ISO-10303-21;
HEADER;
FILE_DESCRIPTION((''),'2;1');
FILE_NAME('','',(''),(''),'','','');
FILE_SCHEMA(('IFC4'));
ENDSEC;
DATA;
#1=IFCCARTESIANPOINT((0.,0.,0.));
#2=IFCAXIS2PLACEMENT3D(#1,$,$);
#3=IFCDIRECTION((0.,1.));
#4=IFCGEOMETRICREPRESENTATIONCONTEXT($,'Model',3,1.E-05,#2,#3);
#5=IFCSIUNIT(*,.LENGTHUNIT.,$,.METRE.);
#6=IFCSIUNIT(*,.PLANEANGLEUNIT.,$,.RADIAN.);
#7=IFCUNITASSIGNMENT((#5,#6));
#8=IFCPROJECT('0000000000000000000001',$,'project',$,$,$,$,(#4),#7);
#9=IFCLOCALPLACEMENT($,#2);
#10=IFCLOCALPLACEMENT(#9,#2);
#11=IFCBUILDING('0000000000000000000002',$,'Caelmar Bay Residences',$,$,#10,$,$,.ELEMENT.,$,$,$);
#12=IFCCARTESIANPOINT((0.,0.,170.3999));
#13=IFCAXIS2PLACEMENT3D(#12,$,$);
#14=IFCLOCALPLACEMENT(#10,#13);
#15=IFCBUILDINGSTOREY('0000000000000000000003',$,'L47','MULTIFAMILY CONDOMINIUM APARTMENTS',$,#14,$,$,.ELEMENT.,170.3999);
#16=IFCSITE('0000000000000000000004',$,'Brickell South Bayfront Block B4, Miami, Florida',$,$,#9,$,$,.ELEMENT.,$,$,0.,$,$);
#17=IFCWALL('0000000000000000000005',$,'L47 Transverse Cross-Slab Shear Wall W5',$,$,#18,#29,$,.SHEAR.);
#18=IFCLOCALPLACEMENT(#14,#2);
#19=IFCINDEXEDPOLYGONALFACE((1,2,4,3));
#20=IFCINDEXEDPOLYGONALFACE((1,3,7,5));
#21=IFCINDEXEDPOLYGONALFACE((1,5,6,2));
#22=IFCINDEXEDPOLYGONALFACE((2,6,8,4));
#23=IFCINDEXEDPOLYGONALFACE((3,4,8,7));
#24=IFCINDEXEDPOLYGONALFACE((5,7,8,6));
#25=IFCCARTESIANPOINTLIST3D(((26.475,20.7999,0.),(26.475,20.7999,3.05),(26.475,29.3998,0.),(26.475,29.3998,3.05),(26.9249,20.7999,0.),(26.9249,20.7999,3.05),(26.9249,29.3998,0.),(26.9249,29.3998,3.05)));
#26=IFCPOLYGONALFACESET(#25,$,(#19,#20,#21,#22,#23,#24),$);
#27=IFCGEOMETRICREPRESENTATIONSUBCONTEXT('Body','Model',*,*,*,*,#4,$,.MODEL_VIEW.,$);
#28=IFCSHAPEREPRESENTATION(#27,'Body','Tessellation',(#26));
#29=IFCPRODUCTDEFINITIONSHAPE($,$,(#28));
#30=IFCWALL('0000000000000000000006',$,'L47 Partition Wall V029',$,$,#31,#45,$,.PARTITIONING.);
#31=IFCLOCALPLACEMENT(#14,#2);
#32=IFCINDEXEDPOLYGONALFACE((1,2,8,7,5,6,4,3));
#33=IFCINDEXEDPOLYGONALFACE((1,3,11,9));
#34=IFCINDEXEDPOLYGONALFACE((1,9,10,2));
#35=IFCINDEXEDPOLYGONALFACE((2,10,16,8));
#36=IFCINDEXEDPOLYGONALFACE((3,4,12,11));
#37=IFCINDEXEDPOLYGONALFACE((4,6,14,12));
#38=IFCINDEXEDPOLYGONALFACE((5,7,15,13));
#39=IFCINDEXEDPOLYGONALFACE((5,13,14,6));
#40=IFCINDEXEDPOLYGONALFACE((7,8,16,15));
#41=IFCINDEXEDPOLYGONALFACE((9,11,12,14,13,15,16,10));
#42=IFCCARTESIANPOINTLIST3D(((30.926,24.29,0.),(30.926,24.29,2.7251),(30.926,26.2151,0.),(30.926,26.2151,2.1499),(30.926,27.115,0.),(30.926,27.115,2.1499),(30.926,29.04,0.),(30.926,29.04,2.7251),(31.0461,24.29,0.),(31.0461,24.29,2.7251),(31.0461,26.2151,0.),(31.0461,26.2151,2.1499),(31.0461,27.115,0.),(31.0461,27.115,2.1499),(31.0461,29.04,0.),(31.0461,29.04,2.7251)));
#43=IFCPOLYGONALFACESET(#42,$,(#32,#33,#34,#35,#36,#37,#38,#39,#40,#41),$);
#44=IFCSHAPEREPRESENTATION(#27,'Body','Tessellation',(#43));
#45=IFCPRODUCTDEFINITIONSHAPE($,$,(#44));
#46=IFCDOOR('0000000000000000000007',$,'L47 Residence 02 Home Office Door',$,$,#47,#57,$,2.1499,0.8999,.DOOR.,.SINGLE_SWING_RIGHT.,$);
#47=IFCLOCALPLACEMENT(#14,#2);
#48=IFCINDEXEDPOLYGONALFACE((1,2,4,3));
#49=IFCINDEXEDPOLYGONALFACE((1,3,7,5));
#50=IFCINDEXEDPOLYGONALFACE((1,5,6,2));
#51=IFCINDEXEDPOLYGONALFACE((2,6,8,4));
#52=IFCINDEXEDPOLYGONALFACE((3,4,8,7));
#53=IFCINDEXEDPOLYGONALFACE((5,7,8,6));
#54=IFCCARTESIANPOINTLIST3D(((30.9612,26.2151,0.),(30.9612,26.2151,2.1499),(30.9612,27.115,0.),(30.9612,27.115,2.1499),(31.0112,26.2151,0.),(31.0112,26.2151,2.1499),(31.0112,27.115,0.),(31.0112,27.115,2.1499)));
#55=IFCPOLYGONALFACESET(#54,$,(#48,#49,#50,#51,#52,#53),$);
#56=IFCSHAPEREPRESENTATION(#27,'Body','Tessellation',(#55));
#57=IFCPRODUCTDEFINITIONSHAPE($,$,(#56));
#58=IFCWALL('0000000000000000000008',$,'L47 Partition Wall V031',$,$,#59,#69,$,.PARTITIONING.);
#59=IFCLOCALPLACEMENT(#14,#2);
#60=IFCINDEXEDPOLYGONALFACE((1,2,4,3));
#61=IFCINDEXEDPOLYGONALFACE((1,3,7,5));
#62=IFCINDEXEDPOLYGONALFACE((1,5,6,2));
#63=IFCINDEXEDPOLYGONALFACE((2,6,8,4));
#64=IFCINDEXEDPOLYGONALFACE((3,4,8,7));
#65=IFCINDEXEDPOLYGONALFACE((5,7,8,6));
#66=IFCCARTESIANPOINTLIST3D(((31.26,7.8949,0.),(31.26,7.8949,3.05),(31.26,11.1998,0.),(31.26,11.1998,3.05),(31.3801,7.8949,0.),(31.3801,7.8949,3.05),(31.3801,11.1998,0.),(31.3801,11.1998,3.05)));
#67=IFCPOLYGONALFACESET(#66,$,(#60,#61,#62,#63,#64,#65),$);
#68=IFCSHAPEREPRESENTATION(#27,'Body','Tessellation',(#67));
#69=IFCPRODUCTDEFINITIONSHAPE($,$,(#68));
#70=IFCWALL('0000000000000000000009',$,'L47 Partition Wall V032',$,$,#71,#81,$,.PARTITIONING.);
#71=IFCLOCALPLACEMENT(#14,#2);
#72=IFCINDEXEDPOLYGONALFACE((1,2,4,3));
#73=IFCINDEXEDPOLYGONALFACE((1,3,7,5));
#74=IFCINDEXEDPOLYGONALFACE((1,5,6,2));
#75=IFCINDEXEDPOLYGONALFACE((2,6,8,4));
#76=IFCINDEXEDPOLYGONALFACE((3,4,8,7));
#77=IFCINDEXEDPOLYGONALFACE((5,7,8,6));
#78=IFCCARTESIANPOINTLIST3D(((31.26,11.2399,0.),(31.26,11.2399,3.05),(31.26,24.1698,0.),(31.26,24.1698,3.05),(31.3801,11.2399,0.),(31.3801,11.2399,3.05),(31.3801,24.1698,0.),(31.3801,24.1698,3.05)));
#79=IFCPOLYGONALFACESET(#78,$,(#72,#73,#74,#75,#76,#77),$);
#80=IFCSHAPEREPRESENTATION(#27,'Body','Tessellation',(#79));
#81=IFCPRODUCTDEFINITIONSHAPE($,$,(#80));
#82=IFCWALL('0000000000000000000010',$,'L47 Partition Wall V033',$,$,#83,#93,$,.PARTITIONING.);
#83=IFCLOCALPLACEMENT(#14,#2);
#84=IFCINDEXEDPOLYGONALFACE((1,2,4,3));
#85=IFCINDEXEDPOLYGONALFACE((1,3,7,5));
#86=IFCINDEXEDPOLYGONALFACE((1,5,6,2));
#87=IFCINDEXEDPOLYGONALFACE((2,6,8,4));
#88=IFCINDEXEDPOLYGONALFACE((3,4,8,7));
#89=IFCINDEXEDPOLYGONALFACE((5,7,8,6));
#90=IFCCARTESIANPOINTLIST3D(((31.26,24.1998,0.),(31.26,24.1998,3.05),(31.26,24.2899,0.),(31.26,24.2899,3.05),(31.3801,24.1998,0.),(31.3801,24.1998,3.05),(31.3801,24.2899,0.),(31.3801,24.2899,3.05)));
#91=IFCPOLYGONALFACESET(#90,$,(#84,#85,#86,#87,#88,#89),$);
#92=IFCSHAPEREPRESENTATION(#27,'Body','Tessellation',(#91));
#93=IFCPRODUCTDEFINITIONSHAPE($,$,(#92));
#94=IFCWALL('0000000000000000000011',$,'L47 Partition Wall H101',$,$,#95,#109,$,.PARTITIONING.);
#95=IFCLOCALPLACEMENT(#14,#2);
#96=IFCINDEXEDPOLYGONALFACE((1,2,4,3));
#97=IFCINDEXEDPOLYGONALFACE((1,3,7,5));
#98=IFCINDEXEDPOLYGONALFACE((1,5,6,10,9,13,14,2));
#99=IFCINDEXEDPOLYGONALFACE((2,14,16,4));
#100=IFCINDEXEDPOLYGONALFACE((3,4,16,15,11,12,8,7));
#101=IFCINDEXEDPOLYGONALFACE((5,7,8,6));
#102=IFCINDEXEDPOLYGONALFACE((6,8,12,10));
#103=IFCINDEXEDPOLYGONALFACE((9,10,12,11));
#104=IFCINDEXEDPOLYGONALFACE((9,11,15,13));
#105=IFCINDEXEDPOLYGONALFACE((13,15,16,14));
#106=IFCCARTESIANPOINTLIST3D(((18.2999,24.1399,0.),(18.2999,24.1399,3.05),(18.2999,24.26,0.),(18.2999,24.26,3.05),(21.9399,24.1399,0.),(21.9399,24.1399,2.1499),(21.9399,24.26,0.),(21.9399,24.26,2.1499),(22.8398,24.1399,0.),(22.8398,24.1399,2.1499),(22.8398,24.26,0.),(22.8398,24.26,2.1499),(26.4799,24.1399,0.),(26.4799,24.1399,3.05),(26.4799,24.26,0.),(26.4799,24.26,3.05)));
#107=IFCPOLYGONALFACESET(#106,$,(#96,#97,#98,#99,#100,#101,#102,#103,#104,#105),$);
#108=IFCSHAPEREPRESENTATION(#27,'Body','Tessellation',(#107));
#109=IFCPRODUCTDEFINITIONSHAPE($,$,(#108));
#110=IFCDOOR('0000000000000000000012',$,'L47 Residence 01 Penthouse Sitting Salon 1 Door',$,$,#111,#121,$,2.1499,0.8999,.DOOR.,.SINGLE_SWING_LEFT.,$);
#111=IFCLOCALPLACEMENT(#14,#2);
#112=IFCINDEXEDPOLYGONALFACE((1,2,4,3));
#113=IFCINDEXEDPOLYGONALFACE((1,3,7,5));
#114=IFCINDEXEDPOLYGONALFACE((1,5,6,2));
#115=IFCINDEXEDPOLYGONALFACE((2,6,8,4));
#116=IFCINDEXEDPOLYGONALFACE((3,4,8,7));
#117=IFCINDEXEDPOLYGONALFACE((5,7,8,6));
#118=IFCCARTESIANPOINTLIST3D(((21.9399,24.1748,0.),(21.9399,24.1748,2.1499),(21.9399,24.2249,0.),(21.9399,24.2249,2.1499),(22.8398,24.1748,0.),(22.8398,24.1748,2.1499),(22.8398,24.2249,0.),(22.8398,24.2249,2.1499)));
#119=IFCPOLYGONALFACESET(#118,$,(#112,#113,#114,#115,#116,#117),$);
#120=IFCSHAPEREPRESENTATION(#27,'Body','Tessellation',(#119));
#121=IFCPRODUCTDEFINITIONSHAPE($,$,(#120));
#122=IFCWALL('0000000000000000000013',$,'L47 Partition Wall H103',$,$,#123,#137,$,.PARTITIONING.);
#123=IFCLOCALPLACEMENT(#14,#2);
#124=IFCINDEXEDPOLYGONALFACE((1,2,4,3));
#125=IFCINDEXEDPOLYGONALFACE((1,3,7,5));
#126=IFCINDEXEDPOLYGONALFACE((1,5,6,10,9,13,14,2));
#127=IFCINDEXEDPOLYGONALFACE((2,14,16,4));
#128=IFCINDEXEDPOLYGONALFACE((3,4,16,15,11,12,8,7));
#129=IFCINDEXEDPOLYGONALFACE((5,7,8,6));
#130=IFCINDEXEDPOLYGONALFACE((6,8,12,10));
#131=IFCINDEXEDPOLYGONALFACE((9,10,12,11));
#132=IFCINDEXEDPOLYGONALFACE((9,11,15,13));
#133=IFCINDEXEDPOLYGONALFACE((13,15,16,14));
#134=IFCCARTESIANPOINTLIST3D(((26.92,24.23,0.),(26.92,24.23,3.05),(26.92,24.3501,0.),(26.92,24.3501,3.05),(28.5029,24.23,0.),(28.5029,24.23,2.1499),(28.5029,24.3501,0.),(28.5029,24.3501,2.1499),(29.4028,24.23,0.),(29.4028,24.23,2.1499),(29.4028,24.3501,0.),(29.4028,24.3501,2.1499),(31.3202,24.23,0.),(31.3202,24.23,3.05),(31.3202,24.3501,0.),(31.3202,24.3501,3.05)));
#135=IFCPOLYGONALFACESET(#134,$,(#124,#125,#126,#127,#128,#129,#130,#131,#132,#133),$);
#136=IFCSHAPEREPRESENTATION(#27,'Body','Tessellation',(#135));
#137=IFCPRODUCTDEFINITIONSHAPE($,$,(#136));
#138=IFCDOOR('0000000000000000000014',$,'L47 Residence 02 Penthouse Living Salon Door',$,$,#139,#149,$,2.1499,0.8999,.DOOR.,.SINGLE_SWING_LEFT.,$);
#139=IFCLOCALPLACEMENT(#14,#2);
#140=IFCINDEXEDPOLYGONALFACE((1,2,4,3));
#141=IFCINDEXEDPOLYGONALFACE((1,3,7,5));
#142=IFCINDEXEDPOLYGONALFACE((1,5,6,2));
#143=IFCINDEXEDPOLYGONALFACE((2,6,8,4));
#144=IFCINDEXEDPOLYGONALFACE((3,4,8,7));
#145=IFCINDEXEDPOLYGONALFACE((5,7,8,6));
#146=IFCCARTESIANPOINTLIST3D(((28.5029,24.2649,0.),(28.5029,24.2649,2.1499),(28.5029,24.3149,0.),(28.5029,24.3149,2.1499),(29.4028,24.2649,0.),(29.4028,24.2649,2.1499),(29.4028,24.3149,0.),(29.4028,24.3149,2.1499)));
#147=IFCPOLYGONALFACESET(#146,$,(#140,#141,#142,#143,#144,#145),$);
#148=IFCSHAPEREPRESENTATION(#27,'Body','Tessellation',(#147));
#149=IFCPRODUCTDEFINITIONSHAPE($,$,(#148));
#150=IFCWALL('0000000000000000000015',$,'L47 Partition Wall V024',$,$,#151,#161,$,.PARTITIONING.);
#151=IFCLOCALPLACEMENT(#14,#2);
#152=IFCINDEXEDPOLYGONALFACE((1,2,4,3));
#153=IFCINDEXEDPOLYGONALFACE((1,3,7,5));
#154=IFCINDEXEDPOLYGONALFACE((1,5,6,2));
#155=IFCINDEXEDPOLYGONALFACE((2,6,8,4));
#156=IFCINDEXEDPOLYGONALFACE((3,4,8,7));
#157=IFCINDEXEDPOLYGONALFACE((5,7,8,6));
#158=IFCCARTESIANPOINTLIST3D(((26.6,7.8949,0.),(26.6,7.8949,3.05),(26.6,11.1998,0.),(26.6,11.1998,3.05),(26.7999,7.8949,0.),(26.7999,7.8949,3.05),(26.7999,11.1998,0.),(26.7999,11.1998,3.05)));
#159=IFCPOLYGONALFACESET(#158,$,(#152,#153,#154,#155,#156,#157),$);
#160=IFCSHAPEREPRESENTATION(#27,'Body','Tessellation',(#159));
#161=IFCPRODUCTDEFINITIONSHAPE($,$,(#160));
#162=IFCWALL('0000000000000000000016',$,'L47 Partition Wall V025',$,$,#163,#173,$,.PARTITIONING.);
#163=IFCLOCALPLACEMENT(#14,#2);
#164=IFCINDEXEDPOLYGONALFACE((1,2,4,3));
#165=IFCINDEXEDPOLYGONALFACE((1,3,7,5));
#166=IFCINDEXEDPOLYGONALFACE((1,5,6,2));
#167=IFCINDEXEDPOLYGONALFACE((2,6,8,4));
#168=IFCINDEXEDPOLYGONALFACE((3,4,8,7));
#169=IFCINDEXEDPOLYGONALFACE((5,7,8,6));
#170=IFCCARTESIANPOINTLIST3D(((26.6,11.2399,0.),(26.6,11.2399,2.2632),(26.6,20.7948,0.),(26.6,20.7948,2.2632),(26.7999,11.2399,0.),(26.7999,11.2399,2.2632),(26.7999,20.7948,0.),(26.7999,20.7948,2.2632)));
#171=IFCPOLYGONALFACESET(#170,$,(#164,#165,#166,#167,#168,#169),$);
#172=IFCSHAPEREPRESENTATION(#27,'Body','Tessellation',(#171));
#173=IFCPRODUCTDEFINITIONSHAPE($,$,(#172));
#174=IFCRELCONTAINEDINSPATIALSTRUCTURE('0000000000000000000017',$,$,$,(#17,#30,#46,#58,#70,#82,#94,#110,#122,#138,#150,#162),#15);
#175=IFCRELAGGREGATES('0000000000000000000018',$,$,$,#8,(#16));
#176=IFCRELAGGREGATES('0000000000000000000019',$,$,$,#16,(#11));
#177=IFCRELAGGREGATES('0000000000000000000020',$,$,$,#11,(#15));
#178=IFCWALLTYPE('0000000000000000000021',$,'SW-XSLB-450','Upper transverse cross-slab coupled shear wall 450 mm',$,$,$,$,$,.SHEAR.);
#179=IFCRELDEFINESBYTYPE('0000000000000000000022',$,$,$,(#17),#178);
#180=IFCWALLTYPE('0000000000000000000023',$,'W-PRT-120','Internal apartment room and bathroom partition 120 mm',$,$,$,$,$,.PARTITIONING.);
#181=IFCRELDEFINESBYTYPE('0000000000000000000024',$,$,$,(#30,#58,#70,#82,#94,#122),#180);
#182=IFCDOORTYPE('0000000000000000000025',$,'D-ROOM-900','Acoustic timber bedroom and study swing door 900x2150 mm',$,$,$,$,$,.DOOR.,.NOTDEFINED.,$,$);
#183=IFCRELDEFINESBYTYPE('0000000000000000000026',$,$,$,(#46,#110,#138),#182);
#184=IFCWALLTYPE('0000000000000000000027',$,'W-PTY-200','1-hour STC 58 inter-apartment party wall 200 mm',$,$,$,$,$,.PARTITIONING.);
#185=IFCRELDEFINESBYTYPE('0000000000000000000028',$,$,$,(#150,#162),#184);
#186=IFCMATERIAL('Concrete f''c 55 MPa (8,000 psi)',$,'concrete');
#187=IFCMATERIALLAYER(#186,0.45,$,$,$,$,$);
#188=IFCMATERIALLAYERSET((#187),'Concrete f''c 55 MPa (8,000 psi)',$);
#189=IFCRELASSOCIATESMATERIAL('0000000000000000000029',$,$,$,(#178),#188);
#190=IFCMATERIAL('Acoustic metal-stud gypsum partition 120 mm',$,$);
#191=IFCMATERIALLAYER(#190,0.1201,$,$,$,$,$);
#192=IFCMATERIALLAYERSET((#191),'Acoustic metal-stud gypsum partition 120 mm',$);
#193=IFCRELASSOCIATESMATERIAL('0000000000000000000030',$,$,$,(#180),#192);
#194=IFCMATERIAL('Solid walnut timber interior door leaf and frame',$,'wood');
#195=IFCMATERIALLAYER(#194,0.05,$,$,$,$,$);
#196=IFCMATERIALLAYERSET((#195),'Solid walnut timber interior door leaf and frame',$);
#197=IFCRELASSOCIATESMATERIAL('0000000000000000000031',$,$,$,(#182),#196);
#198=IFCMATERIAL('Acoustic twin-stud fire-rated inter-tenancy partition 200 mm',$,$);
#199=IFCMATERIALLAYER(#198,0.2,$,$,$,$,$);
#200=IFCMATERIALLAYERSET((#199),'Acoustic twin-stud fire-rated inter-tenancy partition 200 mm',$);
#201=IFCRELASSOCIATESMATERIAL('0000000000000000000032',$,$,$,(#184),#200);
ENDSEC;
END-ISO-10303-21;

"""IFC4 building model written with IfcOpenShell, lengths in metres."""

from ifc_helpers import new_model, si_unit, direction, frame, frame_2d, origin, place, context, subcontext, project, spatial, rectangle, extrude, material, layer, layer_set, type_object, element, fill, save


model = new_model("IFC4")

# Units and contexts
model_context = context("Model", 3, precision=1e-05, world=origin(), true_north=direction((0.0, 1.0)))
body_context = subcontext(model_context, "Body", "Model", "MODEL_VIEW")
ifc_project = project(units=[si_unit("LENGTHUNIT", "METRE"), si_unit("PLANEANGLEUNIT", "RADIAN")], contexts=[model_context])

# Site, building, storey
site_placement = place(None, origin())
site = spatial("IfcSite", under=ifc_project, at=site_placement, Name="Brickell South Bayfront Block B4, Miami, Florida", CompositionType="ELEMENT", RefElevation=0.0)
building_placement = place(site_placement, origin())
building = spatial("IfcBuilding", under=site, at=building_placement, Name="Caelmar Bay Residences", CompositionType="ELEMENT")
storey_placement = place(building_placement, frame((0.0, 0.0, 170.3999)))
storey = spatial("IfcBuildingStorey", under=building, at=storey_placement, Name="L47", Description="MULTIFAMILY CONDOMINIUM APARTMENTS", CompositionType="ELEMENT", Elevation=170.3999)

# Shared definitions
ifc_material_1 = material(Name="Concrete f'c 55 MPa (8,000 psi)", Category="concrete")

# Wall
ifc_layer_1 = layer(ifc_material_1, 0.45)
ifc_layer_set_1 = layer_set([ifc_layer_1], Name="Concrete f'c 55 MPa (8,000 psi)")
wall_type_1 = type_object("IfcWallType", Name="SW-XSLB-450", Description="Upper transverse cross-slab coupled shear wall 450 mm", PredefinedType="SHEAR", material=ifc_layer_set_1)
wall_1_placement = place(storey_placement, frame((26.7, 20.8, 0.0), z_axis=(0.0, 0.0, 1.0), x_axis=(0.0, 1.0, 0.0)))
element("IfcWall", 1, at=wall_1_placement, inside=storey, type_object=wall_type_1, Name="L47 Transverse Cross-Slab Shear Wall W5", PredefinedType="SHEAR", context=body_context, shape_type="SweptSolid", body=[
    extrude(rectangle(XDim=8.5999, YDim=0.45, at=frame_2d((4.2998, 0.0))), origin(), (0.0, 0.0, 1.0), 3.05),
])

# Wall, opening, door
ifc_material_2 = material(Name="Acoustic metal-stud gypsum partition 120 mm")
ifc_layer_2 = layer(ifc_material_2, 0.1201)
ifc_layer_set_2 = layer_set([ifc_layer_2], Name="Acoustic metal-stud gypsum partition 120 mm")
wall_type_2 = type_object("IfcWallType", Name="W-PRT-120", Description="Internal apartment room and bathroom partition 120 mm", PredefinedType="PARTITIONING", material=ifc_layer_set_2)
wall_2_placement = place(storey_placement, frame((30.9861, 24.29, 0.0), z_axis=(0.0, 0.0, 1.0), x_axis=(0.0, 1.0, 0.0)))
wall_2 = element("IfcWall", 2, at=wall_2_placement, inside=storey, type_object=wall_type_2, Name="L47 Partition Wall V029", PredefinedType="PARTITIONING", context=body_context, shape_type="SweptSolid", body=[
    extrude(rectangle(XDim=4.75, YDim=0.1201, at=frame_2d((2.375, 0.0))), origin(), (0.0, 0.0, 1.0), 2.7251),
])
opening_1_placement = place(wall_2_placement, frame((1.925, 0.0, 0.0)))
opening_1 = element("IfcOpeningElement", 3, at=opening_1_placement, cuts=wall_2, PredefinedType="OPENING", context=body_context, shape_type="SweptSolid", body=[
    extrude(rectangle(XDim=0.8999, YDim=2.1499, at=frame_2d((0.45, 1.075))), frame((0.0, 0.0701, 0.0), z_axis=(0.0, -1.0, 0.0), x_axis=(1.0, 0.0, 0.0)), (0.0, 0.0, 1.0), 0.1401),
])
ifc_material_3 = material(Name="Solid walnut timber interior door leaf and frame", Category="wood")
ifc_layer_3 = layer(ifc_material_3, 0.05)
ifc_layer_set_3 = layer_set([ifc_layer_3], Name="Solid walnut timber interior door leaf and frame")
door_type = type_object("IfcDoorType", Name="D-ROOM-900", Description="Acoustic timber bedroom and study swing door 900x2150 mm", OperationType="NOTDEFINED", PredefinedType="DOOR", material=ifc_layer_set_3)
door_1_placement = place(opening_1_placement, origin())
door_1 = element("IfcDoor", 4, at=door_1_placement, inside=storey, type_object=door_type, Name="L47 Residence 02 Home Office Door", OperationType="SINGLE_SWING_RIGHT", OverallHeight=2.1499, OverallWidth=0.8999, PredefinedType="DOOR", context=body_context, shape_type="SweptSolid", body=[
    extrude(rectangle(XDim=0.8999, YDim=2.1499, at=frame_2d((0.45, 1.075))), frame((0.0, 0.0249, 0.0), z_axis=(0.0, -1.0, 0.0), x_axis=(1.0, 0.0, 0.0)), (0.0, 0.0, 1.0), 0.05),
])
fill(opening_1, door_1)

# Walls
wall_3_placement = place(storey_placement, frame((31.3201, 7.895, 0.0), z_axis=(0.0, 0.0, 1.0), x_axis=(0.0, 1.0, 0.0)))
element("IfcWall", 5, at=wall_3_placement, inside=storey, type_object=wall_type_2, Name="L47 Partition Wall V031", PredefinedType="PARTITIONING", context=body_context, shape_type="SweptSolid", body=[
    extrude(rectangle(XDim=3.3049, YDim=0.1201, at=frame_2d((1.6523, 0.0))), origin(), (0.0, 0.0, 1.0), 3.05),
])
wall_4_placement = place(storey_placement, frame((31.3201, 11.24, 0.0), z_axis=(0.0, 0.0, 1.0), x_axis=(0.0, 1.0, 0.0)))
element("IfcWall", 6, at=wall_4_placement, inside=storey, type_object=wall_type_2, Name="L47 Partition Wall V032", PredefinedType="PARTITIONING", context=body_context, shape_type="SweptSolid", body=[
    extrude(rectangle(XDim=12.9299, YDim=0.1201, at=frame_2d((6.4648, 0.0))), origin(), (0.0, 0.0, 1.0), 3.05),
])
wall_5_placement = place(storey_placement, frame((31.3201, 24.2, 0.0), z_axis=(0.0, 0.0, 1.0), x_axis=(0.0, 1.0, 0.0)))
element("IfcWall", 7, at=wall_5_placement, inside=storey, type_object=wall_type_2, Name="L47 Partition Wall V033", PredefinedType="PARTITIONING", context=body_context, shape_type="SweptSolid", body=[
    extrude(rectangle(XDim=0.0901, YDim=0.1201, at=frame_2d((0.0449, 0.0))), origin(), (0.0, 0.0, 1.0), 3.05),
])

# Walls, openings, doors
wall_6_placement = place(storey_placement, frame((18.3, 24.2, 0.0), z_axis=(0.0, 0.0, 1.0), x_axis=(1.0, 0.0, 0.0)))
wall_6 = element("IfcWall", 8, at=wall_6_placement, inside=storey, type_object=wall_type_2, Name="L47 Partition Wall H101", PredefinedType="PARTITIONING", context=body_context, shape_type="SweptSolid", body=[
    extrude(rectangle(XDim=8.1799, YDim=0.1201, at=frame_2d((4.0898, 0.0))), origin(), (0.0, 0.0, 1.0), 3.05),
])
opening_2_placement = place(wall_6_placement, frame((3.6399, 0.0, 0.0)))
opening_2 = element("IfcOpeningElement", 9, at=opening_2_placement, cuts=wall_6, PredefinedType="OPENING", context=body_context, shape_type="SweptSolid", body=[
    extrude(rectangle(XDim=0.8999, YDim=2.1499, at=frame_2d((0.45, 1.075))), frame((0.0, 0.0701, 0.0), z_axis=(0.0, -1.0, 0.0), x_axis=(1.0, 0.0, 0.0)), (0.0, 0.0, 1.0), 0.1401),
])
door_2_placement = place(opening_2_placement, origin())
door_2 = element("IfcDoor", 10, at=door_2_placement, inside=storey, type_object=door_type, Name="L47 Residence 01 Penthouse Sitting Salon 1 Door", OperationType="SINGLE_SWING_LEFT", OverallHeight=2.1499, OverallWidth=0.8999, PredefinedType="DOOR", context=body_context, shape_type="SweptSolid", body=[
    extrude(rectangle(XDim=0.8999, YDim=2.1499, at=frame_2d((0.45, 1.075))), frame((0.0, 0.0249, 0.0), z_axis=(0.0, -1.0, 0.0), x_axis=(1.0, 0.0, 0.0)), (0.0, 0.0, 1.0), 0.05),
])
fill(opening_2, door_2)
wall_7_placement = place(storey_placement, frame((26.9199, 24.29, 0.0), z_axis=(0.0, 0.0, 1.0), x_axis=(1.0, 0.0, 0.0)))
wall_7 = element("IfcWall", 11, at=wall_7_placement, inside=storey, type_object=wall_type_2, Name="L47 Partition Wall H103", PredefinedType="PARTITIONING", context=body_context, shape_type="SweptSolid", body=[
    extrude(rectangle(XDim=4.4001, YDim=0.1201, at=frame_2d((2.2002, 0.0))), origin(), (0.0, 0.0, 1.0), 3.05),
])
opening_3_placement = place(wall_7_placement, frame((1.583, 0.0, 0.0)))
opening_3 = element("IfcOpeningElement", 12, at=opening_3_placement, cuts=wall_7, PredefinedType="OPENING", context=body_context, shape_type="SweptSolid", body=[
    extrude(rectangle(XDim=0.8999, YDim=2.1499, at=frame_2d((0.45, 1.075))), frame((0.0, 0.0701, 0.0), z_axis=(0.0, -1.0, 0.0), x_axis=(1.0, 0.0, 0.0)), (0.0, 0.0, 1.0), 0.1401),
])
door_3_placement = place(opening_3_placement, origin())
door_3 = element("IfcDoor", 13, at=door_3_placement, inside=storey, type_object=door_type, Name="L47 Residence 02 Penthouse Living Salon Door", OperationType="SINGLE_SWING_LEFT", OverallHeight=2.1499, OverallWidth=0.8999, PredefinedType="DOOR", context=body_context, shape_type="SweptSolid", body=[
    extrude(rectangle(XDim=0.8999, YDim=2.1499, at=frame_2d((0.45, 1.075))), frame((0.0, 0.0249, 0.0), z_axis=(0.0, -1.0, 0.0), x_axis=(1.0, 0.0, 0.0)), (0.0, 0.0, 1.0), 0.05),
])
fill(opening_3, door_3)

# Walls
ifc_material_4 = material(Name="Acoustic twin-stud fire-rated inter-tenancy partition 200 mm")
ifc_layer_4 = layer(ifc_material_4, 0.2)
ifc_layer_set_4 = layer_set([ifc_layer_4], Name="Acoustic twin-stud fire-rated inter-tenancy partition 200 mm")
wall_type_3 = type_object("IfcWallType", Name="W-PTY-200", Description="1-hour STC 58 inter-apartment party wall 200 mm", PredefinedType="PARTITIONING", material=ifc_layer_set_4)
wall_8_placement = place(storey_placement, frame((26.7, 7.895, 0.0), z_axis=(0.0, 0.0, 1.0), x_axis=(0.0, 1.0, 0.0)))
element("IfcWall", 14, at=wall_8_placement, inside=storey, type_object=wall_type_3, Name="L47 Partition Wall V024", PredefinedType="PARTITIONING", context=body_context, shape_type="SweptSolid", body=[
    extrude(rectangle(XDim=3.3049, YDim=0.2, at=frame_2d((1.6523, 0.0))), origin(), (0.0, 0.0, 1.0), 3.05),
])
wall_9_placement = place(storey_placement, frame((26.7, 11.24, 0.0), z_axis=(0.0, 0.0, 1.0), x_axis=(0.0, 1.0, 0.0)))
element("IfcWall", 15, at=wall_9_placement, inside=storey, type_object=wall_type_3, Name="L47 Partition Wall V025", PredefinedType="PARTITIONING", context=body_context, shape_type="SweptSolid", body=[
    extrude(rectangle(XDim=9.5549, YDim=0.2, at=frame_2d((4.7773, 0.0))), origin(), (0.0, 0.0, 1.0), 2.2632),
])

save(model, "model.ifc")
